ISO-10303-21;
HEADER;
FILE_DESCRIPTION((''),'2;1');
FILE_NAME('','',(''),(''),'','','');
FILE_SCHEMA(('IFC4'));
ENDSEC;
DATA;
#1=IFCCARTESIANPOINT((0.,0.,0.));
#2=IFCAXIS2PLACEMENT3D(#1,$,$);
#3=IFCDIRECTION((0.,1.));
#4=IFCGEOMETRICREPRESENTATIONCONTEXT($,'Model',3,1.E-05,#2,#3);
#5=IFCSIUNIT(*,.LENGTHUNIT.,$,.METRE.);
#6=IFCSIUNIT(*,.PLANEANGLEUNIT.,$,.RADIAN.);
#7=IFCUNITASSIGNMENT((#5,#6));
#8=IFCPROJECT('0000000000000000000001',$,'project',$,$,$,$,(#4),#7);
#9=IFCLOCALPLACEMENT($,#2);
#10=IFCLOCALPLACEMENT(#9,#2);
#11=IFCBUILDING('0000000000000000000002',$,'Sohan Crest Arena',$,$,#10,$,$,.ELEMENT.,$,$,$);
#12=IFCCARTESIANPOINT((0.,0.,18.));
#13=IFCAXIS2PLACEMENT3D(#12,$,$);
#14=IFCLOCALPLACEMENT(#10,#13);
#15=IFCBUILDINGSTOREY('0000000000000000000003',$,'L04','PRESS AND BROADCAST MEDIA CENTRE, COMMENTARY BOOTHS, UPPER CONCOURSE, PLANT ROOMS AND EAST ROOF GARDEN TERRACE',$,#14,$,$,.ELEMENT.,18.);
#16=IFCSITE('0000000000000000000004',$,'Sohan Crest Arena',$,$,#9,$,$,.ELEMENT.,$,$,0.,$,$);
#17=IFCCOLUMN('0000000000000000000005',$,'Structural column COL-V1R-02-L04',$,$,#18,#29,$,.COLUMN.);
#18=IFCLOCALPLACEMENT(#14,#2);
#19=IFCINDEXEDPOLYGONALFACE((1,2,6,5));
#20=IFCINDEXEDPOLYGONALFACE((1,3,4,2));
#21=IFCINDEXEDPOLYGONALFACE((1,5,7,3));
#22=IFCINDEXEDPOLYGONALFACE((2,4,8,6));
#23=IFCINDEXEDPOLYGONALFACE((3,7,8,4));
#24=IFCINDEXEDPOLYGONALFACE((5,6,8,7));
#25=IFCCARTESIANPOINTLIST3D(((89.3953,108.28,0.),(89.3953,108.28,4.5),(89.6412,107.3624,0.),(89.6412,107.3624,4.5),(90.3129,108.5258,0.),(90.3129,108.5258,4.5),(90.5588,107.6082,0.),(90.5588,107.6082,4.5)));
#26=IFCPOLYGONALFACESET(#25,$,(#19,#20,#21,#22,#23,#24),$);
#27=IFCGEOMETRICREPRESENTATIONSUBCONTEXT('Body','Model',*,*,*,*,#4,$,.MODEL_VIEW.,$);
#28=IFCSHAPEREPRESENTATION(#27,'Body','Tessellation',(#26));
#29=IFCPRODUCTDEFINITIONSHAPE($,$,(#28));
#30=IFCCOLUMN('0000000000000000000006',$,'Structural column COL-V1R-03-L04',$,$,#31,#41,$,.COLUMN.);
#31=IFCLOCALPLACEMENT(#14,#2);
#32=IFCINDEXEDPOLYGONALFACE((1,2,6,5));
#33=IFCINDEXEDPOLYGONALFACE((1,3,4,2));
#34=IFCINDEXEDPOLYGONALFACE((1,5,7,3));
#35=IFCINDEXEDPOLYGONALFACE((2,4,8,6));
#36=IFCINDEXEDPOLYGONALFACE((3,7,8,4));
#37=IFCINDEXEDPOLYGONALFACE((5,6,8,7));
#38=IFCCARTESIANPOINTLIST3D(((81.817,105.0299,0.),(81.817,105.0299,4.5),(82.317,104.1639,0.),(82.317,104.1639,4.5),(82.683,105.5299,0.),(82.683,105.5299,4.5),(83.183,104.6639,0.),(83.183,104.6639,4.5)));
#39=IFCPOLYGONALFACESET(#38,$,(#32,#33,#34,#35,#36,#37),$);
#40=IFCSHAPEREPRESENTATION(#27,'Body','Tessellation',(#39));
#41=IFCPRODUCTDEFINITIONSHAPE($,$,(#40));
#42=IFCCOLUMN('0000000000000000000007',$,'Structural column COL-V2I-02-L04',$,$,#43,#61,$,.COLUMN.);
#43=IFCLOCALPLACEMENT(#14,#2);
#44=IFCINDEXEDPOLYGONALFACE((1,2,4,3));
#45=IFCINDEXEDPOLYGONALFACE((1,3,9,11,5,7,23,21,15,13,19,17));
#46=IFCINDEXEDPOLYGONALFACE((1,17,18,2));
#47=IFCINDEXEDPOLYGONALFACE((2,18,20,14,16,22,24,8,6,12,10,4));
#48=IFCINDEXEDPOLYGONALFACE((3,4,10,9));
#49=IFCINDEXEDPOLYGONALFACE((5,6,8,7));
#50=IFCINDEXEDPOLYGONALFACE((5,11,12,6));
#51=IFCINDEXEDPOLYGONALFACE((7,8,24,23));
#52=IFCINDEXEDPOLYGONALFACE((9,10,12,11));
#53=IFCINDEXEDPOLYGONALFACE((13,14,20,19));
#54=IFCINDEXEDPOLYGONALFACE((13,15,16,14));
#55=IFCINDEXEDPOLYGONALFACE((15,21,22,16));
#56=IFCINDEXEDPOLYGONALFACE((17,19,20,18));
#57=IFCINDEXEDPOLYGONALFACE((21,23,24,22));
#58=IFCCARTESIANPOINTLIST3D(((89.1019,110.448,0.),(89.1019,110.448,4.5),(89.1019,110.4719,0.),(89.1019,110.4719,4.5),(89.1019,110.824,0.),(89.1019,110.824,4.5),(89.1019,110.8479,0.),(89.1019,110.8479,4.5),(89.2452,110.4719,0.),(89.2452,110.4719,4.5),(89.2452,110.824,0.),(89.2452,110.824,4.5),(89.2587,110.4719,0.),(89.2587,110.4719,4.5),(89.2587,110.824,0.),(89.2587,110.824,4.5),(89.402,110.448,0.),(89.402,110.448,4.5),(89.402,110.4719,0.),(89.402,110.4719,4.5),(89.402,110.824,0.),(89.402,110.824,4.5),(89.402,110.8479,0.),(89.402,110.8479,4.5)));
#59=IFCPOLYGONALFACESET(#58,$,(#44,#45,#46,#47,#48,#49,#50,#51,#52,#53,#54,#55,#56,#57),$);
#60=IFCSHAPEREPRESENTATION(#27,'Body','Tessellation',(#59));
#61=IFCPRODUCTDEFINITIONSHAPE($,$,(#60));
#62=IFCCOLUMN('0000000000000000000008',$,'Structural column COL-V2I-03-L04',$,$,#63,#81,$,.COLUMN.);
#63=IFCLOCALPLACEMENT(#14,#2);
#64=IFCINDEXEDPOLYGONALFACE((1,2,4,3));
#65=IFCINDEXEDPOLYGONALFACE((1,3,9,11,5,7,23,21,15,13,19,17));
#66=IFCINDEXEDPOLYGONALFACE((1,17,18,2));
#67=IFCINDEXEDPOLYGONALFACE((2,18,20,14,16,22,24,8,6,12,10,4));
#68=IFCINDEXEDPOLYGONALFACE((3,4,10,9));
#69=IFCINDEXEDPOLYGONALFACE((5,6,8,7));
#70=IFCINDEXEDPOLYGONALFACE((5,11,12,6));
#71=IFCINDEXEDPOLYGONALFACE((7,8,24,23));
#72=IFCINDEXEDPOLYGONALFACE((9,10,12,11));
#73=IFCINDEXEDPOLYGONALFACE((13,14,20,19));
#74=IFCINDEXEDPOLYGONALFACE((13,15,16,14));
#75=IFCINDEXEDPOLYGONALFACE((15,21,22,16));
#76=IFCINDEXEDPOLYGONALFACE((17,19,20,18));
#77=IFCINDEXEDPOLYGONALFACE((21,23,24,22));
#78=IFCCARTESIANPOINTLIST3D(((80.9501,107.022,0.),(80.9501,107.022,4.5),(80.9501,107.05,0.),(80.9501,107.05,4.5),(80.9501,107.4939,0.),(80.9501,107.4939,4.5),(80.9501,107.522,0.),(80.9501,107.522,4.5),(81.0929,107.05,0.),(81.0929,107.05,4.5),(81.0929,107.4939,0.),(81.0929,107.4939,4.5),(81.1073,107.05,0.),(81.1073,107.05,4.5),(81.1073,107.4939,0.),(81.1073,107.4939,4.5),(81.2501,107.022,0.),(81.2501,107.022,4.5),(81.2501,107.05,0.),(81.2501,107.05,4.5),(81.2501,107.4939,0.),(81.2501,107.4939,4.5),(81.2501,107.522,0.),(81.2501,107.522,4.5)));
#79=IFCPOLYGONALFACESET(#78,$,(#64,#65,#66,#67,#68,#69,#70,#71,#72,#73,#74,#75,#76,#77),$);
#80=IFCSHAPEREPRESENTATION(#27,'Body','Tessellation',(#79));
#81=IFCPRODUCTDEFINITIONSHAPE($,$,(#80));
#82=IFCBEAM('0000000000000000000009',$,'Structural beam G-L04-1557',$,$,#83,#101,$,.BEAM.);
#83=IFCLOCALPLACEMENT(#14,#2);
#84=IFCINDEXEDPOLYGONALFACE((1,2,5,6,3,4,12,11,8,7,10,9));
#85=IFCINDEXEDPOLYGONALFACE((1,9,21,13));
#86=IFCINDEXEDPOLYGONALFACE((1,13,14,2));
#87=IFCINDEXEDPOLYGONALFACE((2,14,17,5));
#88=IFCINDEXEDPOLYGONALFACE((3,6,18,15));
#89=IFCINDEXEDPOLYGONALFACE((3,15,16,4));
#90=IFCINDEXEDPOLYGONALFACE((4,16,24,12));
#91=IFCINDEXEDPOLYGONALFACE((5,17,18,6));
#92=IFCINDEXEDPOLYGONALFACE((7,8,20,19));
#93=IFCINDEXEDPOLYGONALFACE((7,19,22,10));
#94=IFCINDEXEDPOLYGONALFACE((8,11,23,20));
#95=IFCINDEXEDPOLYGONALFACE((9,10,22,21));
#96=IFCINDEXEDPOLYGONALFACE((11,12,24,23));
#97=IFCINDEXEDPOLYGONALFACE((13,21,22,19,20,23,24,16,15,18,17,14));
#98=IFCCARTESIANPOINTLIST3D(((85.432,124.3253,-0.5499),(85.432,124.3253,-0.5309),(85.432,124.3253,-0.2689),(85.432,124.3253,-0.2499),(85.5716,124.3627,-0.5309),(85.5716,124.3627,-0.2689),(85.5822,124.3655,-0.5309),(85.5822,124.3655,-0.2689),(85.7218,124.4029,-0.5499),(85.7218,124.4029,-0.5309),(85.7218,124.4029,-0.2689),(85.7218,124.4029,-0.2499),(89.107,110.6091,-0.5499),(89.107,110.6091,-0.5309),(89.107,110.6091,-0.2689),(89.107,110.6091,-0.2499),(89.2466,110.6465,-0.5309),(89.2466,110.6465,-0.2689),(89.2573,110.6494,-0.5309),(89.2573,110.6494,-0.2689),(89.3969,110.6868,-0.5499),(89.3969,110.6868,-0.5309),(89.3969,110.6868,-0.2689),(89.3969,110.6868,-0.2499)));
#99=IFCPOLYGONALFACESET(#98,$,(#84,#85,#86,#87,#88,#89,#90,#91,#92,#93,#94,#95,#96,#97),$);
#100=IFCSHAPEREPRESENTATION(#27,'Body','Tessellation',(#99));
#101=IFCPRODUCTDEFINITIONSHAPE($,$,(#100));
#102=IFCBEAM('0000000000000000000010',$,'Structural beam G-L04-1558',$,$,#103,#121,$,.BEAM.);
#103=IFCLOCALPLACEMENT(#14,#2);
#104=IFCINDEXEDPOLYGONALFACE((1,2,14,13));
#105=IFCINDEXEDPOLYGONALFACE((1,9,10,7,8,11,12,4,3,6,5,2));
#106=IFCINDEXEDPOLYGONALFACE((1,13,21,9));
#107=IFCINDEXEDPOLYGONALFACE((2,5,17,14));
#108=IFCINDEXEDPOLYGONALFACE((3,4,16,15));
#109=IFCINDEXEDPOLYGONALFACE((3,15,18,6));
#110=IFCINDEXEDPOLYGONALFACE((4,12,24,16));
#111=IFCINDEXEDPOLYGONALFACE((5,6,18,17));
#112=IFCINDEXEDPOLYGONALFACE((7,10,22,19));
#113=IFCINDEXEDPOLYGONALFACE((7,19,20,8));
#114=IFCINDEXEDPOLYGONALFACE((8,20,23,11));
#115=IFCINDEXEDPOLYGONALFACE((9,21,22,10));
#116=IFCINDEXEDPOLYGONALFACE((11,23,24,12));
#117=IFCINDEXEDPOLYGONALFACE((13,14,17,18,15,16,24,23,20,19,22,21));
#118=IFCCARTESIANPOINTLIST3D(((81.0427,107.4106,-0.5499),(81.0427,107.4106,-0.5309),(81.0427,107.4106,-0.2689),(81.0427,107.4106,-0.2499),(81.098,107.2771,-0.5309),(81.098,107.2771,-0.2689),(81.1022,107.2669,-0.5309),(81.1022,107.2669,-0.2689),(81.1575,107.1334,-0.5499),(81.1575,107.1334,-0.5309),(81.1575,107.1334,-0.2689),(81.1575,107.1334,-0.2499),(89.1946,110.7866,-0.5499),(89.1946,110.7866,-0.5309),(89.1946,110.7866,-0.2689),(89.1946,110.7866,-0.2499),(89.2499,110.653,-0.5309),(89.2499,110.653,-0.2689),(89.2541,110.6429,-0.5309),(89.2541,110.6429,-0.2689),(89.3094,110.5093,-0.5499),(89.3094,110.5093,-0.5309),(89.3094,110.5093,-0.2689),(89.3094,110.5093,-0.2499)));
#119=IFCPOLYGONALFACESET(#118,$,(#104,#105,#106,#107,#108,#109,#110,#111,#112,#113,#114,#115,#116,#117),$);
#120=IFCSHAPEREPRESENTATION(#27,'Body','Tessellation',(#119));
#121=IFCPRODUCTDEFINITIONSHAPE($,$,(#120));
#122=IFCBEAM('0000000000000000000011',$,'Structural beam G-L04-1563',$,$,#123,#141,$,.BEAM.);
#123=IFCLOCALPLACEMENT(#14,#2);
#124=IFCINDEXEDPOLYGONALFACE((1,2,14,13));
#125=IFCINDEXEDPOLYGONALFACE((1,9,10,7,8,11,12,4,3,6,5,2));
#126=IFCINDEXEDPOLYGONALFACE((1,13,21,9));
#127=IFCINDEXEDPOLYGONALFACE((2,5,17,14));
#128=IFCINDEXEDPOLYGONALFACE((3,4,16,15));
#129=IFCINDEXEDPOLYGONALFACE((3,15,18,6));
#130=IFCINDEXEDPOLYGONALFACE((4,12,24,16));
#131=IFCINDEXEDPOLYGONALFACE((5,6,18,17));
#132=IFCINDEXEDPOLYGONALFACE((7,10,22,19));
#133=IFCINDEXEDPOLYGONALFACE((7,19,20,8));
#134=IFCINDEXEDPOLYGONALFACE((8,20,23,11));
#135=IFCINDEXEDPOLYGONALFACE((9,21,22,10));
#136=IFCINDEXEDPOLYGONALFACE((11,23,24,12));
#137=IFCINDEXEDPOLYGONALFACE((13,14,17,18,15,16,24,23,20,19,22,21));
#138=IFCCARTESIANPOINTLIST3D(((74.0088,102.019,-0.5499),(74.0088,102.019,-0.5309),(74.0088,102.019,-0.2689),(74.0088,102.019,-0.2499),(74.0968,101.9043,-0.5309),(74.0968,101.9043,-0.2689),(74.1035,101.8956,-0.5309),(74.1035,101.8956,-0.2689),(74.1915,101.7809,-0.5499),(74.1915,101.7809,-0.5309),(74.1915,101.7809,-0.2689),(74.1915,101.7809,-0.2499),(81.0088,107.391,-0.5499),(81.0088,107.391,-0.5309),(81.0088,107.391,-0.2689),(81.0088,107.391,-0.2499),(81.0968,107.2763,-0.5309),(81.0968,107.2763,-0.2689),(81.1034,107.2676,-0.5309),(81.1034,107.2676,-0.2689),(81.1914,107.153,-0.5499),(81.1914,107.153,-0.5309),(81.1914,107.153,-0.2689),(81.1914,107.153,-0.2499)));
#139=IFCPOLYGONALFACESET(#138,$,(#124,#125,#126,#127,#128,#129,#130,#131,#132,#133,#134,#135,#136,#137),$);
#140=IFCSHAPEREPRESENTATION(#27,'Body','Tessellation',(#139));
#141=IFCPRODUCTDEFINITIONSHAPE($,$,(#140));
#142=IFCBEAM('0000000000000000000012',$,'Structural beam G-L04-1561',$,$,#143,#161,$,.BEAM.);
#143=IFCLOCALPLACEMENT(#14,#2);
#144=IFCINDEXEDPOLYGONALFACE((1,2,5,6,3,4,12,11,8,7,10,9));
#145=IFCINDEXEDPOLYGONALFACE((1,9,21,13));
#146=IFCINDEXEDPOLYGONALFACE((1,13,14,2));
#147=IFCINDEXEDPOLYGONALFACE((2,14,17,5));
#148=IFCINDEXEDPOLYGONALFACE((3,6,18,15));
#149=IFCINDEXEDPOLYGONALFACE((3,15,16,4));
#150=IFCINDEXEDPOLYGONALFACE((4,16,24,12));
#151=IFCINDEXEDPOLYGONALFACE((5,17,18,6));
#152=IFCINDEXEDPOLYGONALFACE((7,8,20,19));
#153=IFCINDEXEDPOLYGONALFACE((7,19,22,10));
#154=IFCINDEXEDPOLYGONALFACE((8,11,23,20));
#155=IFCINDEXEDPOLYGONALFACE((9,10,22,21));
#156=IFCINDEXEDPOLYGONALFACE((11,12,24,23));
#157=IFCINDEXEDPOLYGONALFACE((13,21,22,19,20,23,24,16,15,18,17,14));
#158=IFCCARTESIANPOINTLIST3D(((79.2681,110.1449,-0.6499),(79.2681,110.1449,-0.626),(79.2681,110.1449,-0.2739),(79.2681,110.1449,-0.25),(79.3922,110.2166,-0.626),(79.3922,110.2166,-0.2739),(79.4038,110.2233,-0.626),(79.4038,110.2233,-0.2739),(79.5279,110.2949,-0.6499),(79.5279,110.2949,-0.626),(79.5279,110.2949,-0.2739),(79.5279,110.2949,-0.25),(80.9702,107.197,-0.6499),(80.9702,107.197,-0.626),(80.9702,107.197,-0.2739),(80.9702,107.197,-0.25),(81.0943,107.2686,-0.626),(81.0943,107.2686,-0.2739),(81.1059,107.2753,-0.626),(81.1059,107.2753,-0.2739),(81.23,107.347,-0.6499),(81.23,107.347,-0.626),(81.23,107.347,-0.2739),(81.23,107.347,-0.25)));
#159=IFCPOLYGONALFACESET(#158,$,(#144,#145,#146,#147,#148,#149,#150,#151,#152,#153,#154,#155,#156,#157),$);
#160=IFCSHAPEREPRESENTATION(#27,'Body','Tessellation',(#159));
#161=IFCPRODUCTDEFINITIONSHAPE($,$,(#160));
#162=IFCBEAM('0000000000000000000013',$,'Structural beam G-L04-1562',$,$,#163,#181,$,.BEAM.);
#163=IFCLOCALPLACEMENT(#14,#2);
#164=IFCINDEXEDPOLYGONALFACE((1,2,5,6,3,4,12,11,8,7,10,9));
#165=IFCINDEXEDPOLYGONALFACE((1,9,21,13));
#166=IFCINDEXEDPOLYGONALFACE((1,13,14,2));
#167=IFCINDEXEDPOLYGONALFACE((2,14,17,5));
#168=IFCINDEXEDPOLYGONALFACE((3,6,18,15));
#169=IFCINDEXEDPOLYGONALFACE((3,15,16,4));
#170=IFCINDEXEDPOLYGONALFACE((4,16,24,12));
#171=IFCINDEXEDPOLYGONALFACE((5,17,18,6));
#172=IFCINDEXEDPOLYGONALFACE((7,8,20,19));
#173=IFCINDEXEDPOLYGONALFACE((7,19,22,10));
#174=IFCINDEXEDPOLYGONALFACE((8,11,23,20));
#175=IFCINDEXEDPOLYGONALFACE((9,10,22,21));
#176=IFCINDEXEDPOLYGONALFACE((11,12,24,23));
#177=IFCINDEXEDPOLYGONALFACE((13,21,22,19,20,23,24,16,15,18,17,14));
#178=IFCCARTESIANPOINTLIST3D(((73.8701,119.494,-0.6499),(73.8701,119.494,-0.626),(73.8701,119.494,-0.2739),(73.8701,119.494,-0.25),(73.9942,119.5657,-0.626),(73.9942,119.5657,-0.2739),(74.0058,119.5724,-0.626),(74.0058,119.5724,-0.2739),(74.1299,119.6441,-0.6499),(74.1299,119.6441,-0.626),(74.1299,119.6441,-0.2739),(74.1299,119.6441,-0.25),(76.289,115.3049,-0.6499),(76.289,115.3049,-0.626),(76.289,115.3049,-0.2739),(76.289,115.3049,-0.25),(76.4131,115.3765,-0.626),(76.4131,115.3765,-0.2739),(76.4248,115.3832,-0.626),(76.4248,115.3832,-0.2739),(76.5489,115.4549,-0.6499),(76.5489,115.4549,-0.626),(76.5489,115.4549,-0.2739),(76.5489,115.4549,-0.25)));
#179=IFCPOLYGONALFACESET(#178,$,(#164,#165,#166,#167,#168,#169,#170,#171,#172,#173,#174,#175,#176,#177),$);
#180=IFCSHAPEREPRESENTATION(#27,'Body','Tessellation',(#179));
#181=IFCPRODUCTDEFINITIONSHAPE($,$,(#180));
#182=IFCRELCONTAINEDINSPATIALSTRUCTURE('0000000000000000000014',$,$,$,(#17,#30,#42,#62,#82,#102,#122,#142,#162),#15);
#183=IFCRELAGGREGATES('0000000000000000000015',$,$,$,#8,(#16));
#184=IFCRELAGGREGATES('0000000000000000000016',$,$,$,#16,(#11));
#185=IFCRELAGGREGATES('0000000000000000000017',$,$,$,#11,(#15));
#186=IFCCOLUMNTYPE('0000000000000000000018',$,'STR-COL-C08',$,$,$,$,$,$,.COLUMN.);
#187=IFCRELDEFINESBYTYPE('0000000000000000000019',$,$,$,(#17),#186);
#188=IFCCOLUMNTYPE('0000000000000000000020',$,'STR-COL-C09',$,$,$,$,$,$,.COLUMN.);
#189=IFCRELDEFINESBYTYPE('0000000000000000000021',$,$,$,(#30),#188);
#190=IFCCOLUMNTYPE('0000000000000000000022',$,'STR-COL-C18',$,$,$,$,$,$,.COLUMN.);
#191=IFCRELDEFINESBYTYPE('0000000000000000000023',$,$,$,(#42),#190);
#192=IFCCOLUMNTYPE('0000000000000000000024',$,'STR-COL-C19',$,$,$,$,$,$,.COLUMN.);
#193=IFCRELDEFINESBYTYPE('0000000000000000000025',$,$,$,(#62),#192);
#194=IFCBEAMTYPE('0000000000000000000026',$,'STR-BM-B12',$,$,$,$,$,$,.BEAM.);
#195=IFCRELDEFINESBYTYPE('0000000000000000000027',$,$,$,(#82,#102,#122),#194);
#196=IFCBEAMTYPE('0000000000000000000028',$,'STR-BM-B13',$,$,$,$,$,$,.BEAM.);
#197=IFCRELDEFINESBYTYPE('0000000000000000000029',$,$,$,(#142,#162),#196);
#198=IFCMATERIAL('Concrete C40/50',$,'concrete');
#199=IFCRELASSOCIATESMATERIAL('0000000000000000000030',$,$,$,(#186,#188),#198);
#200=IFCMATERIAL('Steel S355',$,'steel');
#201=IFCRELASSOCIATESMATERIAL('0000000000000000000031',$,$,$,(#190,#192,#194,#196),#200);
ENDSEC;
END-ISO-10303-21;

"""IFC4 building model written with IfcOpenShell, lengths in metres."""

from ifc_helpers import new_model, si_unit, direction, frame, origin, origin_2d, place, context, subcontext, project, spatial, rectangle, i_section, extrude, material, material_profile, profile_set, type_object, element, save


model = new_model("IFC4")

# Units and contexts
model_context = context("Model", 3, precision=1e-05, world=origin(), true_north=direction((0.0, 1.0)))
body_context = subcontext(model_context, "Body", "Model", "MODEL_VIEW")
ifc_project = project(units=[si_unit("LENGTHUNIT", "METRE"), si_unit("PLANEANGLEUNIT", "RADIAN")], contexts=[model_context])

# Site, building, storey
site_placement = place(None, origin())
site = spatial("IfcSite", under=ifc_project, at=site_placement, Name="Sohan Crest Arena", CompositionType="ELEMENT", RefElevation=0.0)
building_placement = place(site_placement, origin())
building = spatial("IfcBuilding", under=site, at=building_placement, Name="Sohan Crest Arena", CompositionType="ELEMENT")
storey_placement = place(building_placement, frame((0.0, 0.0, 18.0)))
storey = spatial("IfcBuildingStorey", under=building, at=storey_placement, Name="L04", Description="PRESS AND BROADCAST MEDIA CENTRE, COMMENTARY BOOTHS, UPPER CONCOURSE, PLANT ROOMS AND EAST ROOF GARDEN TERRACE", CompositionType="ELEMENT", Elevation=18.0)

# Columns
ifc_material_1 = material(Name="Concrete C40/50", Category="concrete")
ifc_material_profile_1 = material_profile(ifc_material_1, rectangle(XDim=0.95, YDim=0.95, at=origin_2d()), Name="RC 950x950")
ifc_profile_set_1 = profile_set([ifc_material_profile_1], Name="Concrete C40/50")
column_type_1 = type_object("IfcColumnType", Name="STR-COL-C08", PredefinedType="COLUMN", material=ifc_profile_set_1)
column_1_placement = place(storey_placement, frame((89.9771, 107.9441, 0.0), z_axis=(0.0, 0.0, 1.0), x_axis=(-0.258819, 0.965926, 0.0)))
element("IfcColumn", 1, at=column_1_placement, inside=storey, type_object=column_type_1, Name="Structural column COL-V1R-02-L04", PredefinedType="COLUMN", context=body_context, shape_type="SweptSolid", body=[
    extrude(rectangle(XDim=0.95, YDim=0.95, at=origin_2d()), origin(), (0.0, 0.0, 1.0), 4.5),
])
ifc_material_profile_2 = material_profile(ifc_material_1, rectangle(XDim=1.0, YDim=1.0, at=origin_2d()), Name="RC 1000x1000")
ifc_profile_set_2 = profile_set([ifc_material_profile_2], Name="Concrete C40/50")
column_type_2 = type_object("IfcColumnType", Name="STR-COL-C09", PredefinedType="COLUMN", material=ifc_profile_set_2)
column_2_placement = place(storey_placement, frame((82.5, 104.8469, 0.0), z_axis=(0.0, 0.0, 1.0), x_axis=(-0.5, 0.866025, 0.0)))
element("IfcColumn", 2, at=column_2_placement, inside=storey, type_object=column_type_2, Name="Structural column COL-V1R-03-L04", PredefinedType="COLUMN", context=body_context, shape_type="SweptSolid", body=[
    extrude(rectangle(XDim=1.0, YDim=1.0, at=origin_2d()), origin(), (0.0, 0.0, 1.0), 4.5),
])
ifc_material_2 = material(Name="Steel S355", Category="steel")
ifc_material_profile_3 = material_profile(ifc_material_2, i_section(OverallWidth=0.3, OverallDepth=0.3999, WebThickness=0.0134, FlangeThickness=0.0239, at=origin_2d()), Name="HEB 400")
ifc_profile_set_3 = profile_set([ifc_material_profile_3], Name="Steel S355")
column_type_3 = type_object("IfcColumnType", Name="STR-COL-C18", PredefinedType="COLUMN", material=ifc_profile_set_3)
column_3_placement = place(storey_placement, frame((89.252, 110.6479, 0.0), z_axis=(0.0, 0.0, 1.0), x_axis=(1.0, 0.0, 0.0)))
element("IfcColumn", 3, at=column_3_placement, inside=storey, type_object=column_type_3, Name="Structural column COL-V2I-02-L04", PredefinedType="COLUMN", context=body_context, shape_type="SweptSolid", body=[
    extrude(i_section(OverallWidth=0.3, OverallDepth=0.3999, WebThickness=0.0134, FlangeThickness=0.0239, at=origin_2d()), origin(), (0.0, 0.0, 1.0), 4.5),
])
ifc_material_profile_4 = material_profile(ifc_material_2, i_section(OverallWidth=0.3, OverallDepth=0.5, WebThickness=0.0144, FlangeThickness=0.0281, at=origin_2d()), Name="HEB 500")
ifc_profile_set_4 = profile_set([ifc_material_profile_4], Name="Steel S355")
column_type_4 = type_object("IfcColumnType", Name="STR-COL-C19", PredefinedType="COLUMN", material=ifc_profile_set_4)
column_4_placement = place(storey_placement, frame((81.1001, 107.272, 0.0), z_axis=(0.0, 0.0, 1.0), x_axis=(1.0, 0.0, 0.0)))
element("IfcColumn", 4, at=column_4_placement, inside=storey, type_object=column_type_4, Name="Structural column COL-V2I-03-L04", PredefinedType="COLUMN", context=body_context, shape_type="SweptSolid", body=[
    extrude(i_section(OverallWidth=0.3, OverallDepth=0.5, WebThickness=0.0144, FlangeThickness=0.0281, at=origin_2d()), origin(), (0.0, 0.0, 1.0), 4.5),
])

# Beams
ifc_material_profile_5 = material_profile(ifc_material_2, i_section(OverallWidth=0.3, OverallDepth=0.3, WebThickness=0.011, FlangeThickness=0.019, at=origin_2d()), Name="HEB 300")
ifc_profile_set_5 = profile_set([ifc_material_profile_5], Name="Steel S355")
beam_type_1 = type_object("IfcBeamType", Name="STR-BM-B12", PredefinedType="BEAM", material=ifc_profile_set_5)
beam_1_placement = place(storey_placement, frame((89.252, 110.6479, -0.3999), z_axis=(-0.258809, 0.965929, 0.0), x_axis=(-0.965929, -0.258809, 0.0)))
element("IfcBeam", 5, at=beam_1_placement, inside=storey, type_object=beam_type_1, Name="Structural beam G-L04-1557", PredefinedType="BEAM", context=body_context, shape_type="SweptSolid", body=[
    extrude(i_section(OverallWidth=0.3, OverallDepth=0.3, WebThickness=0.011, FlangeThickness=0.019, at=origin_2d()), origin(), (0.0, 0.0, 1.0), 14.2),
])
beam_2_placement = place(storey_placement, frame((89.252, 110.6479, -0.3999), z_axis=(-0.923905, -0.382622, 0.0), x_axis=(0.382622, -0.923905, 0.0)))
element("IfcBeam", 6, at=beam_2_placement, inside=storey, type_object=beam_type_1, Name="Structural beam G-L04-1558", PredefinedType="BEAM", context=body_context, shape_type="SweptSolid", body=[
    extrude(i_section(OverallWidth=0.3, OverallDepth=0.3, WebThickness=0.011, FlangeThickness=0.019, at=origin_2d()), origin(), (0.0, 0.0, 1.0), 8.8232),
])
beam_3_placement = place(storey_placement, frame((81.1001, 107.272, -0.3999), z_axis=(-0.793311, -0.608817, 0.0), x_axis=(0.608817, -0.793311, 0.0)))
element("IfcBeam", 7, at=beam_3_placement, inside=storey, type_object=beam_type_1, Name="Structural beam G-L04-1563", PredefinedType="BEAM", context=body_context, shape_type="SweptSolid", body=[
    extrude(i_section(OverallWidth=0.3, OverallDepth=0.3, WebThickness=0.011, FlangeThickness=0.019, at=origin_2d()), origin(), (0.0, 0.0, 1.0), 8.8237),
])
ifc_material_profile_6 = material_profile(ifc_material_2, i_section(OverallWidth=0.3, OverallDepth=0.3999, WebThickness=0.0134, FlangeThickness=0.0239, at=origin_2d()), Name="HEB 400")
ifc_profile_set_6 = profile_set([ifc_material_profile_6], Name="Steel S355")
beam_type_2 = type_object("IfcBeamType", Name="STR-BM-B13", PredefinedType="BEAM", material=ifc_profile_set_6)
beam_4_placement = place(storey_placement, frame((81.1001, 107.272, -0.45), z_axis=(-0.500027, 0.86601, 0.0), x_axis=(-0.86601, -0.500027, 0.0)))
element("IfcBeam", 8, at=beam_4_placement, inside=storey, type_object=beam_type_2, Name="Structural beam G-L04-1561", PredefinedType="BEAM", context=body_context, shape_type="SweptSolid", body=[
    extrude(i_section(OverallWidth=0.3, OverallDepth=0.3999, WebThickness=0.0134, FlangeThickness=0.0239, at=origin_2d()), origin(), (0.0, 0.0, 1.0), 3.4041),
])
beam_5_placement = place(storey_placement, frame((76.4189, 115.3799, -0.45), z_axis=(-0.500047, 0.865998, 0.0), x_axis=(-0.865998, -0.500047, 0.0)))
element("IfcBeam", 9, at=beam_5_placement, inside=storey, type_object=beam_type_2, Name="Structural beam G-L04-1562", PredefinedType="BEAM", context=body_context, shape_type="SweptSolid", body=[
    extrude(i_section(OverallWidth=0.3, OverallDepth=0.3999, WebThickness=0.0134, FlangeThickness=0.0239, at=origin_2d()), origin(), (0.0, 0.0, 1.0), 4.8374),
])

save(model, "model.ifc")
